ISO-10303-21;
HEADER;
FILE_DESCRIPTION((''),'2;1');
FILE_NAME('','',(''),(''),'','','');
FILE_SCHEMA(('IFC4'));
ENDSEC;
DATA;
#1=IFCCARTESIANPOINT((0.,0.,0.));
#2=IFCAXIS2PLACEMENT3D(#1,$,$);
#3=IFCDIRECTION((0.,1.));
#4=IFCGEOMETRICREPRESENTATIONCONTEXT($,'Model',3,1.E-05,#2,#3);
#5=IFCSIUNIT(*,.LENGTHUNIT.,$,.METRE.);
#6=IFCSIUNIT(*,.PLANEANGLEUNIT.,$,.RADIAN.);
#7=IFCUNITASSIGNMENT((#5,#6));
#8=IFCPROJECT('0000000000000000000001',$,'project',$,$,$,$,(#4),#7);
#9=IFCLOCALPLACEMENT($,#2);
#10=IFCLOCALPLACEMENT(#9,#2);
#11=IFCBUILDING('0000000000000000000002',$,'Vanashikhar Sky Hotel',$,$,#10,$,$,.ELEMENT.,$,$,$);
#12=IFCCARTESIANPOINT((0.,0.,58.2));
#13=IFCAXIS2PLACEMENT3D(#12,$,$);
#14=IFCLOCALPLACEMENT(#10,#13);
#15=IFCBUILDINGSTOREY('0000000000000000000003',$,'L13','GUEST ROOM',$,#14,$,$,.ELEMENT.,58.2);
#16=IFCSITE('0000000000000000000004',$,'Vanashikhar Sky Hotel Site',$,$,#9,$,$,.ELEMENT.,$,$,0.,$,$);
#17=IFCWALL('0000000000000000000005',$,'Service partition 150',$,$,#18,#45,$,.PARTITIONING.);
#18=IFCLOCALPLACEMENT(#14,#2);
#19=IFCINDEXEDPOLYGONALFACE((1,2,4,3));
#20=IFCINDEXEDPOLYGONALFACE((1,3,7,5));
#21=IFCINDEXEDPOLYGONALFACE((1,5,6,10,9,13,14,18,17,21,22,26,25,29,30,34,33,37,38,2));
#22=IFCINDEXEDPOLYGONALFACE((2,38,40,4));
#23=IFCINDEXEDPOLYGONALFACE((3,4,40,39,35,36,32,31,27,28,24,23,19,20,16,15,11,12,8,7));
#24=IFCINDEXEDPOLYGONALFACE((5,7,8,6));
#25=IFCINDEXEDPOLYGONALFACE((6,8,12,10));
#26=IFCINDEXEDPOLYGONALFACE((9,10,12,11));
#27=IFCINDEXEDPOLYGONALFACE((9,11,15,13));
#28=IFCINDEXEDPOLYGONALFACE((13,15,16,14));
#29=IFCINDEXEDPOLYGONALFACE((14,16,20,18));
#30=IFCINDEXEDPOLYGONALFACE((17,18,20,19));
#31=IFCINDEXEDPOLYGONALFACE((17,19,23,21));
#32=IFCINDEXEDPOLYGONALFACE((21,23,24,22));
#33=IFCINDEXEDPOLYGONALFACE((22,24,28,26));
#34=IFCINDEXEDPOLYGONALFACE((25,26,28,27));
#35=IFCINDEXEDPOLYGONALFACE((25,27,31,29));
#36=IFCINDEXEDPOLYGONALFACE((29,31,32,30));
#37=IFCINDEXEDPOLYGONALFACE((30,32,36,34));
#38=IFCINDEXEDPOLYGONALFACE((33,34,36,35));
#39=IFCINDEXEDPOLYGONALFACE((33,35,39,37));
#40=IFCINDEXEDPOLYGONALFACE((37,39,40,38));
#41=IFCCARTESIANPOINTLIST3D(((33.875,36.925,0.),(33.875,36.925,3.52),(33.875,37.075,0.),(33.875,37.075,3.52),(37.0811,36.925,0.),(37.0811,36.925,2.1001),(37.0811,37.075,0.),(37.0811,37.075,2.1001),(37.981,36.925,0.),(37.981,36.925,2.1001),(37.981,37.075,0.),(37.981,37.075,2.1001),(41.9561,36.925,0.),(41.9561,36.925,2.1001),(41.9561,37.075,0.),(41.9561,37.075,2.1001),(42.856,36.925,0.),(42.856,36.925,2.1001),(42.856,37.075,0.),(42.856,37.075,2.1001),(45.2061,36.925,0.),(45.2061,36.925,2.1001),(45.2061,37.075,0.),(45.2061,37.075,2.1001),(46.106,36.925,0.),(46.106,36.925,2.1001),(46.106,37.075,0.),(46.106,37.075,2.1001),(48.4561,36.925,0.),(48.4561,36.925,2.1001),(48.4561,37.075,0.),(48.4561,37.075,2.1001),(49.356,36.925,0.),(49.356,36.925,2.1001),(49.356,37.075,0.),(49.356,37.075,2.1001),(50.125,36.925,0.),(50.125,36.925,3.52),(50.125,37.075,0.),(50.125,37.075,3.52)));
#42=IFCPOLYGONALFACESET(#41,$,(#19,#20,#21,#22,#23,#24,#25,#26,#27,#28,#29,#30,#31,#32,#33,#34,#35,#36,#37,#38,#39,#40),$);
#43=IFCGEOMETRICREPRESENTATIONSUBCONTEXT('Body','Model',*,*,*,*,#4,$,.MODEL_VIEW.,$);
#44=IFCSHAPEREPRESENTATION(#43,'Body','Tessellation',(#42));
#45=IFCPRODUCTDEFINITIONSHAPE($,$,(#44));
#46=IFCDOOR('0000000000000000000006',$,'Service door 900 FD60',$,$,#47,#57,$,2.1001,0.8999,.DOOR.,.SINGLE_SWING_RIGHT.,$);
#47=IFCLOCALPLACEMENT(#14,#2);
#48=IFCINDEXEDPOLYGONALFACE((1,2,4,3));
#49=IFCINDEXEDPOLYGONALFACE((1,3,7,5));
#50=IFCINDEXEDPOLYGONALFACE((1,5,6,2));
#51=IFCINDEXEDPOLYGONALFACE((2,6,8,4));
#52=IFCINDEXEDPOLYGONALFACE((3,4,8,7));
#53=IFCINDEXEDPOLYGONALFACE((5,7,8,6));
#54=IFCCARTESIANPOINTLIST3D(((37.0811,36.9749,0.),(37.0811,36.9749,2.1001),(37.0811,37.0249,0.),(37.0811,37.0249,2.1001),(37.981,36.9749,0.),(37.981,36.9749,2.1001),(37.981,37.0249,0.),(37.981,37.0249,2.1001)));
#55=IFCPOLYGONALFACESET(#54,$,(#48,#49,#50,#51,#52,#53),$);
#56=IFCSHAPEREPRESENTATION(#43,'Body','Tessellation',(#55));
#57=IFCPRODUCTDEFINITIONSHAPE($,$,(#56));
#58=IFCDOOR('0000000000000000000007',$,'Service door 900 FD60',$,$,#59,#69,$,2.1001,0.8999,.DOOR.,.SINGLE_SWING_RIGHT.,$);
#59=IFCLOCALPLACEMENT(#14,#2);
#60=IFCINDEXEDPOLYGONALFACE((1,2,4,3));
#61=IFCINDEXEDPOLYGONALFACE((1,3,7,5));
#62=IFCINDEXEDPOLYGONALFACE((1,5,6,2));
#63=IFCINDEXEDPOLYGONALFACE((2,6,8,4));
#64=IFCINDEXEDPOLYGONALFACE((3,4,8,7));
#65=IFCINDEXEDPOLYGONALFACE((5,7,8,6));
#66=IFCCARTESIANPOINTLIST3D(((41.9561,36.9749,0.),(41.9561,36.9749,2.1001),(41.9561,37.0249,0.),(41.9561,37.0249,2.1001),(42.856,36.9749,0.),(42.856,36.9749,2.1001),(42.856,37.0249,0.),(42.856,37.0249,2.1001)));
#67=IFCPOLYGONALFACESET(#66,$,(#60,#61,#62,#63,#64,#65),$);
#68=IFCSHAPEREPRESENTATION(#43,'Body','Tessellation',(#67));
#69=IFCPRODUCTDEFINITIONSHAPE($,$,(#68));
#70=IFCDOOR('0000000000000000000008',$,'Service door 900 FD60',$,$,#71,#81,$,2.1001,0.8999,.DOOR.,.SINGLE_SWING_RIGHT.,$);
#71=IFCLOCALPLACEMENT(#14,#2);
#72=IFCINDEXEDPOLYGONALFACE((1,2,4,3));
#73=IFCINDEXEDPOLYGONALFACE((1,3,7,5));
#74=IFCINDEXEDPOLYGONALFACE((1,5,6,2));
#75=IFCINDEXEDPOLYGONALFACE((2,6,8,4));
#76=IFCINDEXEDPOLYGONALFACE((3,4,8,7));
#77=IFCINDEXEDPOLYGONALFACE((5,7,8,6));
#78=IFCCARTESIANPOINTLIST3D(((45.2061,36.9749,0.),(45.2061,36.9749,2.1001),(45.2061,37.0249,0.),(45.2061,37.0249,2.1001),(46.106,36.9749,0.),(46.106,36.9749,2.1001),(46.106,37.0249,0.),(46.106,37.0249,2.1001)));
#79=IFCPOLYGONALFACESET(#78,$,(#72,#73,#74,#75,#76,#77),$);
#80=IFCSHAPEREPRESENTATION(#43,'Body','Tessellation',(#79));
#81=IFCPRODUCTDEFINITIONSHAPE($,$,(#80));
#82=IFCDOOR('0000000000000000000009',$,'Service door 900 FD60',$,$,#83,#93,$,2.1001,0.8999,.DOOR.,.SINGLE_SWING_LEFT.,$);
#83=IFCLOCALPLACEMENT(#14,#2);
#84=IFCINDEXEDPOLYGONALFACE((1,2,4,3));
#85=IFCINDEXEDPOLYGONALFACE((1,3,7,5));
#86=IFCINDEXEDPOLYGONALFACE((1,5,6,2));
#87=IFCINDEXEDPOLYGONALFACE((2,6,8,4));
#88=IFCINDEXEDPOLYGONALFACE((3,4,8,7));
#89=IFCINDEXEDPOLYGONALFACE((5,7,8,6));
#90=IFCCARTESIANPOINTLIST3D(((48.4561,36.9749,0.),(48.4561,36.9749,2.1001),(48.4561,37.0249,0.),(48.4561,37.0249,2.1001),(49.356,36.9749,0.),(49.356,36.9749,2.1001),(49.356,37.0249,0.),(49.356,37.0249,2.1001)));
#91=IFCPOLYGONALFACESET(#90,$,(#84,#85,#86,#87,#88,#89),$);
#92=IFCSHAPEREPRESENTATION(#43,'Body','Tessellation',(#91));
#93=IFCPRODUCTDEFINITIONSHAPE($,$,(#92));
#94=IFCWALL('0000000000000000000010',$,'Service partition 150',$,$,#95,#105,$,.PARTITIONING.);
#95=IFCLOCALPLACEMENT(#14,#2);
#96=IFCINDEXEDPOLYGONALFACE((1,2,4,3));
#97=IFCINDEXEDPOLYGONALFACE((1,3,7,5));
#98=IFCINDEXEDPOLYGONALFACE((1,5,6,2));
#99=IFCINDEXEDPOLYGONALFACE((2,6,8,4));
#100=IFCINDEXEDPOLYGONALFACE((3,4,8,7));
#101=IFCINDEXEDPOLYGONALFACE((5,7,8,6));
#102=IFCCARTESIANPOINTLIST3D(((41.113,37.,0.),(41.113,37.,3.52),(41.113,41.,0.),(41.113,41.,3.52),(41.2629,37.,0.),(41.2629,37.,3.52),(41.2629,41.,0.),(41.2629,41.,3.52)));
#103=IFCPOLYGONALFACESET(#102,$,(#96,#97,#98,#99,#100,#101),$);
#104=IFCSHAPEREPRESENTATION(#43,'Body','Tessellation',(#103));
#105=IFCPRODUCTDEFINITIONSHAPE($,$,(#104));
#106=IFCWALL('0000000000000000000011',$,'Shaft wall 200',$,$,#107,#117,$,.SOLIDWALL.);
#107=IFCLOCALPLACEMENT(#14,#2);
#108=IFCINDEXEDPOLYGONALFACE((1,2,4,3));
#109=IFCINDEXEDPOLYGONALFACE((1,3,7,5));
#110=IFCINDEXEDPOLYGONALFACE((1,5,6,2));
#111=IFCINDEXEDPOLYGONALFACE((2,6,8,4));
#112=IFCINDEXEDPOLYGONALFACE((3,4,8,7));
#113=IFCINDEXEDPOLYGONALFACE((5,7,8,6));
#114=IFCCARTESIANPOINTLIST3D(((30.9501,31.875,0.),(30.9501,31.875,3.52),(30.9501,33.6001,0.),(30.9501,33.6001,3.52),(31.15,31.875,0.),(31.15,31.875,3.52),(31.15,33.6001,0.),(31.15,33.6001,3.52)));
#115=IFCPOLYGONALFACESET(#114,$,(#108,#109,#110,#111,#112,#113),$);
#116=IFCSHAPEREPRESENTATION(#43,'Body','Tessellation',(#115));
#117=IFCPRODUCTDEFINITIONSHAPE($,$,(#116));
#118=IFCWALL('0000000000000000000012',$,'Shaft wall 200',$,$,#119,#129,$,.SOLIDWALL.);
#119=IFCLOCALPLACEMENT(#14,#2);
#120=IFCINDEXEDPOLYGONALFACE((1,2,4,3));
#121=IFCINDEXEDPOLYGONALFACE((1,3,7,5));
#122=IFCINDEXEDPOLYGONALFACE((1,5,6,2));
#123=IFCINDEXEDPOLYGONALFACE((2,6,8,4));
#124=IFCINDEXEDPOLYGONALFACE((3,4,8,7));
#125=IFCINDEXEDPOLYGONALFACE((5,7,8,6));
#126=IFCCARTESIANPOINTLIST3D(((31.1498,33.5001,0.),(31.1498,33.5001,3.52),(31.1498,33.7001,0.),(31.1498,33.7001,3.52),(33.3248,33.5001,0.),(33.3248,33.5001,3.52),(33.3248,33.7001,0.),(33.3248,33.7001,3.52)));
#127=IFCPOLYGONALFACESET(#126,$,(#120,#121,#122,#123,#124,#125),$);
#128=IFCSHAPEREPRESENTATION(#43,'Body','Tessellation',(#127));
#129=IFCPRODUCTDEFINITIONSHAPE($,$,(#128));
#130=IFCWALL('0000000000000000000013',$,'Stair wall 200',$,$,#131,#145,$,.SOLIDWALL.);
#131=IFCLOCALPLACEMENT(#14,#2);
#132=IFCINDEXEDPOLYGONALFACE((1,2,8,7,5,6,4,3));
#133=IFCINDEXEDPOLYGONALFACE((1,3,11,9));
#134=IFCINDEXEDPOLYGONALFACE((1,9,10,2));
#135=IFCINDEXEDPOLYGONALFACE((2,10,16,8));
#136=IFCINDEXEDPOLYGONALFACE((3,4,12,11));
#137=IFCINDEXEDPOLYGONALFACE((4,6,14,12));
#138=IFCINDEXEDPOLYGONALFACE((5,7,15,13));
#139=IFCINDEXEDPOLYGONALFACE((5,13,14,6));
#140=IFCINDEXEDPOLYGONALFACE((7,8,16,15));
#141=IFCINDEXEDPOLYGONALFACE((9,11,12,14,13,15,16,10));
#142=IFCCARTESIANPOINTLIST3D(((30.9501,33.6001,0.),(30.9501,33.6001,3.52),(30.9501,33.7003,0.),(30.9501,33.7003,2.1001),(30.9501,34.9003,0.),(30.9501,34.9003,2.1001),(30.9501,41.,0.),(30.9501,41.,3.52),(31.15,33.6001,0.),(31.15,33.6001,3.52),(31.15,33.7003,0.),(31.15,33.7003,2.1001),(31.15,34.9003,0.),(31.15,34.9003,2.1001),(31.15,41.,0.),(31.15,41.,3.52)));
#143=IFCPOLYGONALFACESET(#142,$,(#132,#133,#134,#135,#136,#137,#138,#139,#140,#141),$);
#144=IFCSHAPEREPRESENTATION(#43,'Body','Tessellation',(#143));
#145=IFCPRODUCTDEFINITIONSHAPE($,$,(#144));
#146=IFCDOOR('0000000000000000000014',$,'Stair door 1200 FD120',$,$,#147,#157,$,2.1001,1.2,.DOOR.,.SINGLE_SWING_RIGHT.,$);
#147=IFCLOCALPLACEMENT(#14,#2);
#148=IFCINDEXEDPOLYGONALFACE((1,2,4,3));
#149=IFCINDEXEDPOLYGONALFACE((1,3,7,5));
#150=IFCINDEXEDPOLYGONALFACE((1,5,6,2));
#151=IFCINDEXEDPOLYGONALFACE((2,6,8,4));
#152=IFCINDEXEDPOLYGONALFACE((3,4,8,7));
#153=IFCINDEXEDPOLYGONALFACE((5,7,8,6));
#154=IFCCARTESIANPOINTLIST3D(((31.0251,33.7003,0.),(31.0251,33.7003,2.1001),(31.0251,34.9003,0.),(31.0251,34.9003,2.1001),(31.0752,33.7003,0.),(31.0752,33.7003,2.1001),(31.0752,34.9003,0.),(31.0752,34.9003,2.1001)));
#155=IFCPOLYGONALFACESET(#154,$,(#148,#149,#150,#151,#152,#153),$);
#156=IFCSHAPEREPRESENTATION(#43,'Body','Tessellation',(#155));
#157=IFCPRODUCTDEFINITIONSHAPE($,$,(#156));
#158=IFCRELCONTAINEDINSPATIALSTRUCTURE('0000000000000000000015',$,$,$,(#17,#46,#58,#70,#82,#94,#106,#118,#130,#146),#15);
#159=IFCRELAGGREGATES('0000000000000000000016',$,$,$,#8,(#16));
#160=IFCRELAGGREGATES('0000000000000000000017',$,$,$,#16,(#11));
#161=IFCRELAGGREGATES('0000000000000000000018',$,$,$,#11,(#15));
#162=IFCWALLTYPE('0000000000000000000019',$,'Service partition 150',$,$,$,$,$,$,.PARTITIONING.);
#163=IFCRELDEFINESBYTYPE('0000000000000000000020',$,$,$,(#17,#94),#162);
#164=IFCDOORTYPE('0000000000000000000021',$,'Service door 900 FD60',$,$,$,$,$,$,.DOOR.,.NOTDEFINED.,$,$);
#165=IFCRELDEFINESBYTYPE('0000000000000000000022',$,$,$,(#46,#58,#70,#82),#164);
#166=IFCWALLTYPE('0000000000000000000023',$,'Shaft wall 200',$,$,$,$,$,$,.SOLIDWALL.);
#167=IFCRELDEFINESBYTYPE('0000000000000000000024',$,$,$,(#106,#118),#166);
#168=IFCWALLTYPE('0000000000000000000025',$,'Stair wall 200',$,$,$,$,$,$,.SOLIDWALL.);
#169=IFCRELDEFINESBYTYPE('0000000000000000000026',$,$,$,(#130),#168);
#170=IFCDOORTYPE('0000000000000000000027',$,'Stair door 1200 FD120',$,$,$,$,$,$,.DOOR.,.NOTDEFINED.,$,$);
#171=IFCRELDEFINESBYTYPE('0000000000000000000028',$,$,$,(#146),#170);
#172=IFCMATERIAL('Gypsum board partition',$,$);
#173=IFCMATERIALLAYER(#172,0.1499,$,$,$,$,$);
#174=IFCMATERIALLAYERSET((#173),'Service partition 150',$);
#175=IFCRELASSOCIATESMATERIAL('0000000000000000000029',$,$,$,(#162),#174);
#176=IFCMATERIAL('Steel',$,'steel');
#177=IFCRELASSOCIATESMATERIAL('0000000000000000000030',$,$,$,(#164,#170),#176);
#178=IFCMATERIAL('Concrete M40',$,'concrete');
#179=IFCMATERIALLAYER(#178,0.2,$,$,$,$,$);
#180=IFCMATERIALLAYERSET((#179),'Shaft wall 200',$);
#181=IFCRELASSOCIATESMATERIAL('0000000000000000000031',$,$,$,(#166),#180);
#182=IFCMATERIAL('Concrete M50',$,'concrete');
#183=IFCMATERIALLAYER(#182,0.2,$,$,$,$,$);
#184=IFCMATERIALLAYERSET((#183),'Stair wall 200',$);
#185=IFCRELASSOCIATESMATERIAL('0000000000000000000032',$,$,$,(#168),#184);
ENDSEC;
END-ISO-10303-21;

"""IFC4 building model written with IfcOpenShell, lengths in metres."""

from ifc_helpers import new_model, si_unit, direction, frame, frame_2d, origin, place, context, subcontext, project, spatial, rectangle, extrude, source, transform, mapped, material, layer, layer_set, type_object, element, fill, save


model = new_model("IFC4")

# Units and contexts
model_context = context("Model", 3, precision=1e-05, world=origin(), true_north=direction((0.0, 1.0)))
body_context = subcontext(model_context, "Body", "Model", "MODEL_VIEW")
ifc_project = project(units=[si_unit("LENGTHUNIT", "METRE"), si_unit("PLANEANGLEUNIT", "RADIAN")], contexts=[model_context])

# Site, building, storey
site_placement = place(None, origin())
site = spatial("IfcSite", under=ifc_project, at=site_placement, Name="Vanashikhar Sky Hotel Site", CompositionType="ELEMENT", RefElevation=0.0)
building_placement = place(site_placement, origin())
building = spatial("IfcBuilding", under=site, at=building_placement, Name="Vanashikhar Sky Hotel", CompositionType="ELEMENT")
storey_placement = place(building_placement, frame((0.0, 0.0, 58.2)))
storey = spatial("IfcBuildingStorey", under=building, at=storey_placement, Name="L13", Description="GUEST ROOM", CompositionType="ELEMENT", Elevation=58.2)

# Shared definitions
ifc_material_1 = material(Name="Steel", Category="steel")

# Shared definitions
ifc_material_2 = material(Name="Gypsum board partition")
ifc_layer_1 = layer(ifc_material_2, 0.1499)
ifc_layer_set_1 = layer_set([ifc_layer_1], Name="Service partition 150")
wall_type_1 = type_object("IfcWallType", Name="Service partition 150", PredefinedType="PARTITIONING", material=ifc_layer_set_1)

# Wall, openings, doors
shared_shape_1 = source(origin(), body_context, "Body", "SweptSolid", [
    extrude(rectangle(XDim=0.8999, YDim=2.1001, at=frame_2d((0.45, 1.05))), frame((0.0, 0.085, 0.0), z_axis=(0.0, -1.0, 0.0), x_axis=(1.0, 0.0, 0.0)), (0.0, 0.0, 1.0), 0.1699),
])
door_type_1 = type_object("IfcDoorType", Name="Service door 900 FD60", OperationType="NOTDEFINED", PredefinedType="DOOR", material=ifc_material_1)
shared_shape_2 = source(origin(), body_context, "Body", "SweptSolid", [
    extrude(rectangle(XDim=0.8999, YDim=2.1001, at=frame_2d((0.45, 1.05))), frame((0.0, 0.0249, 0.0), z_axis=(0.0, -1.0, 0.0), x_axis=(1.0, 0.0, 0.0)), (0.0, 0.0, 1.0), 0.05),
])
shared_shape_3 = source(origin(), body_context, "Body", "SweptSolid", [
    extrude(rectangle(XDim=16.25, YDim=0.1499, at=frame_2d((8.125, 0.0))), origin(), (0.0, 0.0, 1.0), 3.52),
])
wall_1_placement = place(storey_placement, frame((33.875, 37.0, 0.0), z_axis=(0.0, 0.0, 1.0), x_axis=(1.0, 0.0, 0.0)))
wall_1 = element("IfcWall", 1, at=wall_1_placement, inside=storey, type_object=wall_type_1, Name="Service partition 150", PredefinedType="PARTITIONING", context=body_context, shape_type="MappedRepresentation", body=[
    mapped(shared_shape_3, transform((0.0, 0.0, 0.0), scale=1.0)),
])
opening_1_placement = place(wall_1_placement, frame((3.2061, 0.0, 0.0)))
opening_1 = element("IfcOpeningElement", 2, at=opening_1_placement, cuts=wall_1, PredefinedType="OPENING", context=body_context, shape_type="MappedRepresentation", body=[
    mapped(shared_shape_1, transform((0.0, 0.0, 0.0), scale=1.0)),
])
opening_2_placement = place(wall_1_placement, frame((8.0811, 0.0, 0.0)))
opening_2 = element("IfcOpeningElement", 3, at=opening_2_placement, cuts=wall_1, PredefinedType="OPENING", context=body_context, shape_type="MappedRepresentation", body=[
    mapped(shared_shape_1, transform((0.0, 0.0, 0.0), scale=1.0)),
])
opening_3_placement = place(wall_1_placement, frame((11.3311, 0.0, 0.0)))
opening_3 = element("IfcOpeningElement", 4, at=opening_3_placement, cuts=wall_1, PredefinedType="OPENING", context=body_context, shape_type="MappedRepresentation", body=[
    mapped(shared_shape_1, transform((0.0, 0.0, 0.0), scale=1.0)),
])
opening_4_placement = place(wall_1_placement, frame((14.5811, 0.0, 0.0)))
opening_4 = element("IfcOpeningElement", 5, at=opening_4_placement, cuts=wall_1, PredefinedType="OPENING", context=body_context, shape_type="MappedRepresentation", body=[
    mapped(shared_shape_1, transform((0.0, 0.0, 0.0), scale=1.0)),
])
door_1_placement = place(opening_1_placement, origin())
door_1 = element("IfcDoor", 6, at=door_1_placement, inside=storey, type_object=door_type_1, Name="Service door 900 FD60", OperationType="SINGLE_SWING_RIGHT", OverallHeight=2.1001, OverallWidth=0.8999, PredefinedType="DOOR", context=body_context, shape_type="MappedRepresentation", body=[
    mapped(shared_shape_2, transform((0.0, 0.0, 0.0), scale=1.0)),
])
fill(opening_1, door_1)
door_2_placement = place(opening_2_placement, origin())
door_2 = element("IfcDoor", 7, at=door_2_placement, inside=storey, type_object=door_type_1, Name="Service door 900 FD60", OperationType="SINGLE_SWING_RIGHT", OverallHeight=2.1001, OverallWidth=0.8999, PredefinedType="DOOR", context=body_context, shape_type="MappedRepresentation", body=[
    mapped(shared_shape_2, transform((0.0, 0.0, 0.0), scale=1.0)),
])
fill(opening_2, door_2)
door_3_placement = place(opening_3_placement, origin())
door_3 = element("IfcDoor", 8, at=door_3_placement, inside=storey, type_object=door_type_1, Name="Service door 900 FD60", OperationType="SINGLE_SWING_RIGHT", OverallHeight=2.1001, OverallWidth=0.8999, PredefinedType="DOOR", context=body_context, shape_type="MappedRepresentation", body=[
    mapped(shared_shape_2, transform((0.0, 0.0, 0.0), scale=1.0)),
])
fill(opening_3, door_3)
door_4_placement = place(opening_4_placement, origin())
door_4 = element("IfcDoor", 9, at=door_4_placement, inside=storey, type_object=door_type_1, Name="Service door 900 FD60", OperationType="SINGLE_SWING_LEFT", OverallHeight=2.1001, OverallWidth=0.8999, PredefinedType="DOOR", context=body_context, shape_type="MappedRepresentation", body=[
    mapped(shared_shape_2, transform((0.0, 0.0, 0.0), scale=1.0)),
])
fill(opening_4, door_4)

# Walls
shared_shape_4 = source(origin(), body_context, "Body", "SweptSolid", [
    extrude(rectangle(XDim=4.0, YDim=0.1499, at=frame_2d((2.0, 0.0))), origin(), (0.0, 0.0, 1.0), 3.52),
])
wall_2_placement = place(storey_placement, frame((41.188, 37.0, 0.0), z_axis=(0.0, 0.0, 1.0), x_axis=(0.0, 1.0, 0.0)))
element("IfcWall", 10, at=wall_2_placement, inside=storey, type_object=wall_type_1, Name="Service partition 150", PredefinedType="PARTITIONING", context=body_context, shape_type="MappedRepresentation", body=[
    mapped(shared_shape_4, transform((0.0, 0.0, 0.0), scale=1.0)),
])
ifc_material_3 = material(Name="Concrete M40", Category="concrete")
ifc_layer_2 = layer(ifc_material_3, 0.2)
ifc_layer_set_2 = layer_set([ifc_layer_2], Name="Shaft wall 200")
wall_type_2 = type_object("IfcWallType", Name="Shaft wall 200", PredefinedType="SOLIDWALL", material=ifc_layer_set_2)
shared_shape_5 = source(origin(), body_context, "Body", "SweptSolid", [
    extrude(rectangle(XDim=1.7251, YDim=0.2, at=frame_2d((0.8625, 0.0))), origin(), (0.0, 0.0, 1.0), 3.52),
])
wall_3_placement = place(storey_placement, frame((31.05, 31.875, 0.0), z_axis=(0.0, 0.0, 1.0), x_axis=(0.0, 1.0, 0.0)))
element("IfcWall", 11, at=wall_3_placement, inside=storey, type_object=wall_type_2, Name="Shaft wall 200", PredefinedType="SOLIDWALL", context=body_context, shape_type="MappedRepresentation", body=[
    mapped(shared_shape_5, transform((0.0, 0.0, 0.0), scale=1.0)),
])
shared_shape_6 = source(origin(), body_context, "Body", "SweptSolid", [
    extrude(rectangle(XDim=2.175, YDim=0.2, at=frame_2d((1.0874, 0.0))), origin(), (0.0, 0.0, 1.0), 3.52),
])
wall_4_placement = place(storey_placement, frame((31.1499, 33.6001, 0.0), z_axis=(0.0, 0.0, 1.0), x_axis=(1.0, 0.0, 0.0)))
element("IfcWall", 12, at=wall_4_placement, inside=storey, type_object=wall_type_2, Name="Shaft wall 200", PredefinedType="SOLIDWALL", context=body_context, shape_type="MappedRepresentation", body=[
    mapped(shared_shape_6, transform((0.0, 0.0, 0.0), scale=1.0)),
])

# Wall, opening, door
ifc_material_4 = material(Name="Concrete M50", Category="concrete")
ifc_layer_3 = layer(ifc_material_4, 0.2)
ifc_layer_set_3 = layer_set([ifc_layer_3], Name="Stair wall 200")
wall_type_3 = type_object("IfcWallType", Name="Stair wall 200", PredefinedType="SOLIDWALL", material=ifc_layer_set_3)
shared_shape_7 = source(origin(), body_context, "Body", "SweptSolid", [
    extrude(rectangle(XDim=7.3999, YDim=0.2, at=frame_2d((3.7, 0.0))), origin(), (0.0, 0.0, 1.0), 3.52),
])
wall_5_placement = place(storey_placement, frame((31.05, 33.6001, 0.0), z_axis=(0.0, 0.0, 1.0), x_axis=(0.0, 1.0, 0.0)))
wall_5 = element("IfcWall", 13, at=wall_5_placement, inside=storey, type_object=wall_type_3, Name="Stair wall 200", PredefinedType="SOLIDWALL", context=body_context, shape_type="MappedRepresentation", body=[
    mapped(shared_shape_7, transform((0.0, 0.0, 0.0), scale=1.0)),
])
shared_shape_8 = source(origin(), body_context, "Body", "SweptSolid", [
    extrude(rectangle(XDim=1.2, YDim=2.1001, at=frame_2d((0.6001, 1.05))), frame((0.0, 0.1099, 0.0), z_axis=(0.0, -1.0, 0.0), x_axis=(1.0, 0.0, 0.0)), (0.0, 0.0, 1.0), 0.22),
])
opening_5_placement = place(wall_5_placement, frame((0.1001, 0.0, 0.0)))
opening_5 = element("IfcOpeningElement", 14, at=opening_5_placement, cuts=wall_5, PredefinedType="OPENING", context=body_context, shape_type="MappedRepresentation", body=[
    mapped(shared_shape_8, transform((0.0, 0.0, 0.0), scale=1.0)),
])
door_type_2 = type_object("IfcDoorType", Name="Stair door 1200 FD120", OperationType="NOTDEFINED", PredefinedType="DOOR", material=ifc_material_1)
shared_shape_9 = source(origin(), body_context, "Body", "SweptSolid", [
    extrude(rectangle(XDim=1.2, YDim=2.1001, at=frame_2d((0.6001, 1.05))), frame((0.0, 0.0249, 0.0), z_axis=(0.0, -1.0, 0.0), x_axis=(1.0, 0.0, 0.0)), (0.0, 0.0, 1.0), 0.05),
])
door_5_placement = place(opening_5_placement, origin())
door_5 = element("IfcDoor", 15, at=door_5_placement, inside=storey, type_object=door_type_2, Name="Stair door 1200 FD120", OperationType="SINGLE_SWING_RIGHT", OverallHeight=2.1001, OverallWidth=1.2, PredefinedType="DOOR", context=body_context, shape_type="MappedRepresentation", body=[
    mapped(shared_shape_9, transform((0.0, 0.0, 0.0), scale=1.0)),
])
fill(opening_5, door_5)

save(model, "model.ifc")
